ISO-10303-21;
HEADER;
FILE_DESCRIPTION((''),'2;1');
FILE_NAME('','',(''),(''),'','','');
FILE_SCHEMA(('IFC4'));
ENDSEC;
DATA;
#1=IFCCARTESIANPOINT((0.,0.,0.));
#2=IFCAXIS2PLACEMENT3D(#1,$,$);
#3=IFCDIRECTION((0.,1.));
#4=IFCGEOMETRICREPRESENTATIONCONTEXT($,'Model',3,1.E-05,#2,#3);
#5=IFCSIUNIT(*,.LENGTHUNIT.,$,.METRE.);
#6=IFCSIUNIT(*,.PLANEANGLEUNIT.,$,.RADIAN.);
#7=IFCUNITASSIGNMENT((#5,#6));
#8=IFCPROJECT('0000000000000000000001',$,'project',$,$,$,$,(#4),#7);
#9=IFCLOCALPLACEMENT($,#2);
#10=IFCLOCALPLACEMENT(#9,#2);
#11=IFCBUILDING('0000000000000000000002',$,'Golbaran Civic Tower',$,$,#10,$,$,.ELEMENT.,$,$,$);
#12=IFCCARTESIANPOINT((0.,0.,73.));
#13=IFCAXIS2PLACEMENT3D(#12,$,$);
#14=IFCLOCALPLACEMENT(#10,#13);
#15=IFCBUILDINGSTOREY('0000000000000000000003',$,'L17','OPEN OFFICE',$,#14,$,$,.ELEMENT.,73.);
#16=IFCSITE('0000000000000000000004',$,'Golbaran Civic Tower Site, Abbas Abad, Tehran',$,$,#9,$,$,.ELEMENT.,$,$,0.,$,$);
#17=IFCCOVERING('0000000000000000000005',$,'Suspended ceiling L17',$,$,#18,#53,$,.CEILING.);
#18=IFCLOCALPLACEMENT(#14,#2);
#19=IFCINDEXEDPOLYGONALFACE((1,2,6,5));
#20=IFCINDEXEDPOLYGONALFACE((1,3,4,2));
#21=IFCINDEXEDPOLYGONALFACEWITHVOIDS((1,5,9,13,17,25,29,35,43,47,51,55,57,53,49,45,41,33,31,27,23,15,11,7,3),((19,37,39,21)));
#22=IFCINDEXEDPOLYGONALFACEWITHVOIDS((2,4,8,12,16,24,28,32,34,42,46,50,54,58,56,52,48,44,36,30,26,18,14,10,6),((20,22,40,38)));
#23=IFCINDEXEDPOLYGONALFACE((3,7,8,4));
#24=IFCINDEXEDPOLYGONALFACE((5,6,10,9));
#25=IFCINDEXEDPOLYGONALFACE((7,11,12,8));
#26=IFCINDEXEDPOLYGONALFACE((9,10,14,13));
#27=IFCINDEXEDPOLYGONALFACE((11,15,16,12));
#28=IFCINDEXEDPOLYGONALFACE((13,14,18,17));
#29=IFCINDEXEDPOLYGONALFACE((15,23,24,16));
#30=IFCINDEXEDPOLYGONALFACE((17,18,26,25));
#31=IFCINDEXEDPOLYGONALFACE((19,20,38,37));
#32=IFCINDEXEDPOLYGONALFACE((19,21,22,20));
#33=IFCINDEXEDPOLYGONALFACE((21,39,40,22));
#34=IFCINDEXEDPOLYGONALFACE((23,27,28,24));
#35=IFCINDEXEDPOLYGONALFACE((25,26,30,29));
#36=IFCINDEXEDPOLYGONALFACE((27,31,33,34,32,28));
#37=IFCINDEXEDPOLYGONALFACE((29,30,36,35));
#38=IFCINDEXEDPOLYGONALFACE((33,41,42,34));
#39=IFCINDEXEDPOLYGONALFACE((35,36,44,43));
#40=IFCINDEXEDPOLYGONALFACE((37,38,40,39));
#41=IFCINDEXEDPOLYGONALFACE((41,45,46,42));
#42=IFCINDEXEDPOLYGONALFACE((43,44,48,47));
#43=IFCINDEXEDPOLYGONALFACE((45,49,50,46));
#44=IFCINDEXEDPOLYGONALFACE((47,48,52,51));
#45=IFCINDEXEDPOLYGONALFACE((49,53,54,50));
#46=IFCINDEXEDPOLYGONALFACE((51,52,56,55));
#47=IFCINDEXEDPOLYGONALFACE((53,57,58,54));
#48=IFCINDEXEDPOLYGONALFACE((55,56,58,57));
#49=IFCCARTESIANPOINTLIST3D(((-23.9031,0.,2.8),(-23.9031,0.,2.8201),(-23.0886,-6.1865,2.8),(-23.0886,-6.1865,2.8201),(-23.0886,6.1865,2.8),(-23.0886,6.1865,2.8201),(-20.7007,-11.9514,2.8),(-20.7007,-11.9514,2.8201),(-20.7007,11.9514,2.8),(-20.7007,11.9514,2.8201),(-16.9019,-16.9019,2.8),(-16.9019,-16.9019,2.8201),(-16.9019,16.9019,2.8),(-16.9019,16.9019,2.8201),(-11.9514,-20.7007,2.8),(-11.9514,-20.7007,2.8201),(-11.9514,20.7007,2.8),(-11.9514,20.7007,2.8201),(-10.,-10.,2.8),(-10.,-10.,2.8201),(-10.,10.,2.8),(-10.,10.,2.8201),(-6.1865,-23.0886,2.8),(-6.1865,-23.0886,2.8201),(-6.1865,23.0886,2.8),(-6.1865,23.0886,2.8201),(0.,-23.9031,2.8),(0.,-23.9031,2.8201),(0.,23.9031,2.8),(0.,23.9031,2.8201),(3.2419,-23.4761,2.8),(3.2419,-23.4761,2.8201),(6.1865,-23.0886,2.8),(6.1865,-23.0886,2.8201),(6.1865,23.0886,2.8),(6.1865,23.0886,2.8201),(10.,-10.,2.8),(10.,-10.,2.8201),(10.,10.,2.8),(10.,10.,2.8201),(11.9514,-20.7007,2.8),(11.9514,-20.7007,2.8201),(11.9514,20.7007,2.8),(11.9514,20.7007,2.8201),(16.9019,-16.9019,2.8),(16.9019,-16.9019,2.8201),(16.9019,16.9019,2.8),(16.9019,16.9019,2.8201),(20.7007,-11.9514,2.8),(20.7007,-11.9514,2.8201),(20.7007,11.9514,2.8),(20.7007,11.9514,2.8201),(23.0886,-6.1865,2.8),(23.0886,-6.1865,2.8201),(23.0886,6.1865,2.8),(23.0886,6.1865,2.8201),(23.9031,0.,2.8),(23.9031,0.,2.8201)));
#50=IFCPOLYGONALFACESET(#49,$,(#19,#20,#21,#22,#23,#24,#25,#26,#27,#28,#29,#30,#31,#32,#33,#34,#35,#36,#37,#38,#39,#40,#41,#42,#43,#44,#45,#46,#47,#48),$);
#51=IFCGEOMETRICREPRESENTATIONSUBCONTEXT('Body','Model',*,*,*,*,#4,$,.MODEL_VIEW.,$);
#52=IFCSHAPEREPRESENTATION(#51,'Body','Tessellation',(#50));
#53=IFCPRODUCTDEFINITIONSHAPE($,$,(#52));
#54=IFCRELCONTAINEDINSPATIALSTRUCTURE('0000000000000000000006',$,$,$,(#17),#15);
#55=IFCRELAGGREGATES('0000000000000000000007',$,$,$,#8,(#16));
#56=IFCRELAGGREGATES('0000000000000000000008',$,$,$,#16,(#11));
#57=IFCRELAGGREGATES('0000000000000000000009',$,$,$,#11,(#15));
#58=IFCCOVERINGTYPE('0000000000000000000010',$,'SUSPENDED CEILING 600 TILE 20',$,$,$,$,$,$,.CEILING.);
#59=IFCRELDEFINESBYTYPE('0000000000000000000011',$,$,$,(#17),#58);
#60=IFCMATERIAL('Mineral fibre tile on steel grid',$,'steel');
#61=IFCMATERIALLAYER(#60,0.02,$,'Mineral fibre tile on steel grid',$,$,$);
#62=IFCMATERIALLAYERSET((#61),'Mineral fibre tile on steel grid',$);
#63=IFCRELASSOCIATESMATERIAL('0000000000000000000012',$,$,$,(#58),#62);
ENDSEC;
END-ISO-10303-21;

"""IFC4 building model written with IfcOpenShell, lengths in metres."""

from ifc_helpers import new_model, si_unit, direction, frame, origin, place, context, subcontext, project, spatial, polyline, outline, extrude, material, layer, layer_set, type_object, element, save


model = new_model("IFC4")

# Units and contexts
model_context = context("Model", 3, precision=1e-05, world=origin(), true_north=direction((0.0, 1.0)))
body_context = subcontext(model_context, "Body", "Model", "MODEL_VIEW")
ifc_project = project(units=[si_unit("LENGTHUNIT", "METRE"), si_unit("PLANEANGLEUNIT", "RADIAN")], contexts=[model_context])

# Site, building, storey
site_placement = place(None, origin())
site = spatial("IfcSite", under=ifc_project, at=site_placement, Name="Golbaran Civic Tower Site, Abbas Abad, Tehran", CompositionType="ELEMENT", RefElevation=0.0)
building_placement = place(site_placement, origin())
building = spatial("IfcBuilding", under=site, at=building_placement, Name="Golbaran Civic Tower", CompositionType="ELEMENT")
storey_placement = place(building_placement, frame((0.0, 0.0, 73.0)))
storey = spatial("IfcBuildingStorey", under=building, at=storey_placement, Name="L17", Description="OPEN OFFICE", CompositionType="ELEMENT", Elevation=73.0)

# Covering
ifc_material_1 = material(Name="Mineral fibre tile on steel grid", Category="steel")
ifc_layer_1 = layer(ifc_material_1, 0.02, Name="Mineral fibre tile on steel grid")
ifc_layer_set_1 = layer_set([ifc_layer_1], Name="Mineral fibre tile on steel grid")
covering_type = type_object("IfcCoveringType", Name="SUSPENDED CEILING 600 TILE 20", PredefinedType="CEILING", material=ifc_layer_set_1)
covering_placement = place(storey_placement, frame((0.0, 0.0, 2.8)))
element("IfcCovering", 1, at=covering_placement, inside=storey, type_object=covering_type, Name="Suspended ceiling L17", PredefinedType="CEILING", context=body_context, shape_type="SweptSolid", body=[
    extrude(outline(polyline([(-20.7007, 11.9514), (-16.9019, 16.9019), (-11.9514, 20.7007), (-6.1865, 23.0886), (0.0, 23.9031), (6.1865, 23.0886), (11.9514, 20.7007), (16.9019, 16.9019), (20.7007, 11.9514), (23.0886, 6.1865), (23.9031, 0.0), (23.0886, -6.1865), (20.7007, -11.9514), (16.9019, -16.9019), (11.9514, -20.7007), (6.1865, -23.0886), (3.2419, -23.4761), (0.0, -23.9031), (-6.1865, -23.0886), (-11.9514, -20.7007), (-16.9019, -16.9019), (-20.7007, -11.9514), (-23.0886, -6.1865), (-23.9031, 0.0), (-23.0886, 6.1865), (-20.7007, 11.9514)]), holes=[polyline([(10.0, 10.0), (-10.0, 10.0), (-10.0, -10.0), (10.0, -10.0), (10.0, 10.0)])]), origin(), (0.0, 0.0, 1.0), 0.02),
])

save(model, "model.ifc")
